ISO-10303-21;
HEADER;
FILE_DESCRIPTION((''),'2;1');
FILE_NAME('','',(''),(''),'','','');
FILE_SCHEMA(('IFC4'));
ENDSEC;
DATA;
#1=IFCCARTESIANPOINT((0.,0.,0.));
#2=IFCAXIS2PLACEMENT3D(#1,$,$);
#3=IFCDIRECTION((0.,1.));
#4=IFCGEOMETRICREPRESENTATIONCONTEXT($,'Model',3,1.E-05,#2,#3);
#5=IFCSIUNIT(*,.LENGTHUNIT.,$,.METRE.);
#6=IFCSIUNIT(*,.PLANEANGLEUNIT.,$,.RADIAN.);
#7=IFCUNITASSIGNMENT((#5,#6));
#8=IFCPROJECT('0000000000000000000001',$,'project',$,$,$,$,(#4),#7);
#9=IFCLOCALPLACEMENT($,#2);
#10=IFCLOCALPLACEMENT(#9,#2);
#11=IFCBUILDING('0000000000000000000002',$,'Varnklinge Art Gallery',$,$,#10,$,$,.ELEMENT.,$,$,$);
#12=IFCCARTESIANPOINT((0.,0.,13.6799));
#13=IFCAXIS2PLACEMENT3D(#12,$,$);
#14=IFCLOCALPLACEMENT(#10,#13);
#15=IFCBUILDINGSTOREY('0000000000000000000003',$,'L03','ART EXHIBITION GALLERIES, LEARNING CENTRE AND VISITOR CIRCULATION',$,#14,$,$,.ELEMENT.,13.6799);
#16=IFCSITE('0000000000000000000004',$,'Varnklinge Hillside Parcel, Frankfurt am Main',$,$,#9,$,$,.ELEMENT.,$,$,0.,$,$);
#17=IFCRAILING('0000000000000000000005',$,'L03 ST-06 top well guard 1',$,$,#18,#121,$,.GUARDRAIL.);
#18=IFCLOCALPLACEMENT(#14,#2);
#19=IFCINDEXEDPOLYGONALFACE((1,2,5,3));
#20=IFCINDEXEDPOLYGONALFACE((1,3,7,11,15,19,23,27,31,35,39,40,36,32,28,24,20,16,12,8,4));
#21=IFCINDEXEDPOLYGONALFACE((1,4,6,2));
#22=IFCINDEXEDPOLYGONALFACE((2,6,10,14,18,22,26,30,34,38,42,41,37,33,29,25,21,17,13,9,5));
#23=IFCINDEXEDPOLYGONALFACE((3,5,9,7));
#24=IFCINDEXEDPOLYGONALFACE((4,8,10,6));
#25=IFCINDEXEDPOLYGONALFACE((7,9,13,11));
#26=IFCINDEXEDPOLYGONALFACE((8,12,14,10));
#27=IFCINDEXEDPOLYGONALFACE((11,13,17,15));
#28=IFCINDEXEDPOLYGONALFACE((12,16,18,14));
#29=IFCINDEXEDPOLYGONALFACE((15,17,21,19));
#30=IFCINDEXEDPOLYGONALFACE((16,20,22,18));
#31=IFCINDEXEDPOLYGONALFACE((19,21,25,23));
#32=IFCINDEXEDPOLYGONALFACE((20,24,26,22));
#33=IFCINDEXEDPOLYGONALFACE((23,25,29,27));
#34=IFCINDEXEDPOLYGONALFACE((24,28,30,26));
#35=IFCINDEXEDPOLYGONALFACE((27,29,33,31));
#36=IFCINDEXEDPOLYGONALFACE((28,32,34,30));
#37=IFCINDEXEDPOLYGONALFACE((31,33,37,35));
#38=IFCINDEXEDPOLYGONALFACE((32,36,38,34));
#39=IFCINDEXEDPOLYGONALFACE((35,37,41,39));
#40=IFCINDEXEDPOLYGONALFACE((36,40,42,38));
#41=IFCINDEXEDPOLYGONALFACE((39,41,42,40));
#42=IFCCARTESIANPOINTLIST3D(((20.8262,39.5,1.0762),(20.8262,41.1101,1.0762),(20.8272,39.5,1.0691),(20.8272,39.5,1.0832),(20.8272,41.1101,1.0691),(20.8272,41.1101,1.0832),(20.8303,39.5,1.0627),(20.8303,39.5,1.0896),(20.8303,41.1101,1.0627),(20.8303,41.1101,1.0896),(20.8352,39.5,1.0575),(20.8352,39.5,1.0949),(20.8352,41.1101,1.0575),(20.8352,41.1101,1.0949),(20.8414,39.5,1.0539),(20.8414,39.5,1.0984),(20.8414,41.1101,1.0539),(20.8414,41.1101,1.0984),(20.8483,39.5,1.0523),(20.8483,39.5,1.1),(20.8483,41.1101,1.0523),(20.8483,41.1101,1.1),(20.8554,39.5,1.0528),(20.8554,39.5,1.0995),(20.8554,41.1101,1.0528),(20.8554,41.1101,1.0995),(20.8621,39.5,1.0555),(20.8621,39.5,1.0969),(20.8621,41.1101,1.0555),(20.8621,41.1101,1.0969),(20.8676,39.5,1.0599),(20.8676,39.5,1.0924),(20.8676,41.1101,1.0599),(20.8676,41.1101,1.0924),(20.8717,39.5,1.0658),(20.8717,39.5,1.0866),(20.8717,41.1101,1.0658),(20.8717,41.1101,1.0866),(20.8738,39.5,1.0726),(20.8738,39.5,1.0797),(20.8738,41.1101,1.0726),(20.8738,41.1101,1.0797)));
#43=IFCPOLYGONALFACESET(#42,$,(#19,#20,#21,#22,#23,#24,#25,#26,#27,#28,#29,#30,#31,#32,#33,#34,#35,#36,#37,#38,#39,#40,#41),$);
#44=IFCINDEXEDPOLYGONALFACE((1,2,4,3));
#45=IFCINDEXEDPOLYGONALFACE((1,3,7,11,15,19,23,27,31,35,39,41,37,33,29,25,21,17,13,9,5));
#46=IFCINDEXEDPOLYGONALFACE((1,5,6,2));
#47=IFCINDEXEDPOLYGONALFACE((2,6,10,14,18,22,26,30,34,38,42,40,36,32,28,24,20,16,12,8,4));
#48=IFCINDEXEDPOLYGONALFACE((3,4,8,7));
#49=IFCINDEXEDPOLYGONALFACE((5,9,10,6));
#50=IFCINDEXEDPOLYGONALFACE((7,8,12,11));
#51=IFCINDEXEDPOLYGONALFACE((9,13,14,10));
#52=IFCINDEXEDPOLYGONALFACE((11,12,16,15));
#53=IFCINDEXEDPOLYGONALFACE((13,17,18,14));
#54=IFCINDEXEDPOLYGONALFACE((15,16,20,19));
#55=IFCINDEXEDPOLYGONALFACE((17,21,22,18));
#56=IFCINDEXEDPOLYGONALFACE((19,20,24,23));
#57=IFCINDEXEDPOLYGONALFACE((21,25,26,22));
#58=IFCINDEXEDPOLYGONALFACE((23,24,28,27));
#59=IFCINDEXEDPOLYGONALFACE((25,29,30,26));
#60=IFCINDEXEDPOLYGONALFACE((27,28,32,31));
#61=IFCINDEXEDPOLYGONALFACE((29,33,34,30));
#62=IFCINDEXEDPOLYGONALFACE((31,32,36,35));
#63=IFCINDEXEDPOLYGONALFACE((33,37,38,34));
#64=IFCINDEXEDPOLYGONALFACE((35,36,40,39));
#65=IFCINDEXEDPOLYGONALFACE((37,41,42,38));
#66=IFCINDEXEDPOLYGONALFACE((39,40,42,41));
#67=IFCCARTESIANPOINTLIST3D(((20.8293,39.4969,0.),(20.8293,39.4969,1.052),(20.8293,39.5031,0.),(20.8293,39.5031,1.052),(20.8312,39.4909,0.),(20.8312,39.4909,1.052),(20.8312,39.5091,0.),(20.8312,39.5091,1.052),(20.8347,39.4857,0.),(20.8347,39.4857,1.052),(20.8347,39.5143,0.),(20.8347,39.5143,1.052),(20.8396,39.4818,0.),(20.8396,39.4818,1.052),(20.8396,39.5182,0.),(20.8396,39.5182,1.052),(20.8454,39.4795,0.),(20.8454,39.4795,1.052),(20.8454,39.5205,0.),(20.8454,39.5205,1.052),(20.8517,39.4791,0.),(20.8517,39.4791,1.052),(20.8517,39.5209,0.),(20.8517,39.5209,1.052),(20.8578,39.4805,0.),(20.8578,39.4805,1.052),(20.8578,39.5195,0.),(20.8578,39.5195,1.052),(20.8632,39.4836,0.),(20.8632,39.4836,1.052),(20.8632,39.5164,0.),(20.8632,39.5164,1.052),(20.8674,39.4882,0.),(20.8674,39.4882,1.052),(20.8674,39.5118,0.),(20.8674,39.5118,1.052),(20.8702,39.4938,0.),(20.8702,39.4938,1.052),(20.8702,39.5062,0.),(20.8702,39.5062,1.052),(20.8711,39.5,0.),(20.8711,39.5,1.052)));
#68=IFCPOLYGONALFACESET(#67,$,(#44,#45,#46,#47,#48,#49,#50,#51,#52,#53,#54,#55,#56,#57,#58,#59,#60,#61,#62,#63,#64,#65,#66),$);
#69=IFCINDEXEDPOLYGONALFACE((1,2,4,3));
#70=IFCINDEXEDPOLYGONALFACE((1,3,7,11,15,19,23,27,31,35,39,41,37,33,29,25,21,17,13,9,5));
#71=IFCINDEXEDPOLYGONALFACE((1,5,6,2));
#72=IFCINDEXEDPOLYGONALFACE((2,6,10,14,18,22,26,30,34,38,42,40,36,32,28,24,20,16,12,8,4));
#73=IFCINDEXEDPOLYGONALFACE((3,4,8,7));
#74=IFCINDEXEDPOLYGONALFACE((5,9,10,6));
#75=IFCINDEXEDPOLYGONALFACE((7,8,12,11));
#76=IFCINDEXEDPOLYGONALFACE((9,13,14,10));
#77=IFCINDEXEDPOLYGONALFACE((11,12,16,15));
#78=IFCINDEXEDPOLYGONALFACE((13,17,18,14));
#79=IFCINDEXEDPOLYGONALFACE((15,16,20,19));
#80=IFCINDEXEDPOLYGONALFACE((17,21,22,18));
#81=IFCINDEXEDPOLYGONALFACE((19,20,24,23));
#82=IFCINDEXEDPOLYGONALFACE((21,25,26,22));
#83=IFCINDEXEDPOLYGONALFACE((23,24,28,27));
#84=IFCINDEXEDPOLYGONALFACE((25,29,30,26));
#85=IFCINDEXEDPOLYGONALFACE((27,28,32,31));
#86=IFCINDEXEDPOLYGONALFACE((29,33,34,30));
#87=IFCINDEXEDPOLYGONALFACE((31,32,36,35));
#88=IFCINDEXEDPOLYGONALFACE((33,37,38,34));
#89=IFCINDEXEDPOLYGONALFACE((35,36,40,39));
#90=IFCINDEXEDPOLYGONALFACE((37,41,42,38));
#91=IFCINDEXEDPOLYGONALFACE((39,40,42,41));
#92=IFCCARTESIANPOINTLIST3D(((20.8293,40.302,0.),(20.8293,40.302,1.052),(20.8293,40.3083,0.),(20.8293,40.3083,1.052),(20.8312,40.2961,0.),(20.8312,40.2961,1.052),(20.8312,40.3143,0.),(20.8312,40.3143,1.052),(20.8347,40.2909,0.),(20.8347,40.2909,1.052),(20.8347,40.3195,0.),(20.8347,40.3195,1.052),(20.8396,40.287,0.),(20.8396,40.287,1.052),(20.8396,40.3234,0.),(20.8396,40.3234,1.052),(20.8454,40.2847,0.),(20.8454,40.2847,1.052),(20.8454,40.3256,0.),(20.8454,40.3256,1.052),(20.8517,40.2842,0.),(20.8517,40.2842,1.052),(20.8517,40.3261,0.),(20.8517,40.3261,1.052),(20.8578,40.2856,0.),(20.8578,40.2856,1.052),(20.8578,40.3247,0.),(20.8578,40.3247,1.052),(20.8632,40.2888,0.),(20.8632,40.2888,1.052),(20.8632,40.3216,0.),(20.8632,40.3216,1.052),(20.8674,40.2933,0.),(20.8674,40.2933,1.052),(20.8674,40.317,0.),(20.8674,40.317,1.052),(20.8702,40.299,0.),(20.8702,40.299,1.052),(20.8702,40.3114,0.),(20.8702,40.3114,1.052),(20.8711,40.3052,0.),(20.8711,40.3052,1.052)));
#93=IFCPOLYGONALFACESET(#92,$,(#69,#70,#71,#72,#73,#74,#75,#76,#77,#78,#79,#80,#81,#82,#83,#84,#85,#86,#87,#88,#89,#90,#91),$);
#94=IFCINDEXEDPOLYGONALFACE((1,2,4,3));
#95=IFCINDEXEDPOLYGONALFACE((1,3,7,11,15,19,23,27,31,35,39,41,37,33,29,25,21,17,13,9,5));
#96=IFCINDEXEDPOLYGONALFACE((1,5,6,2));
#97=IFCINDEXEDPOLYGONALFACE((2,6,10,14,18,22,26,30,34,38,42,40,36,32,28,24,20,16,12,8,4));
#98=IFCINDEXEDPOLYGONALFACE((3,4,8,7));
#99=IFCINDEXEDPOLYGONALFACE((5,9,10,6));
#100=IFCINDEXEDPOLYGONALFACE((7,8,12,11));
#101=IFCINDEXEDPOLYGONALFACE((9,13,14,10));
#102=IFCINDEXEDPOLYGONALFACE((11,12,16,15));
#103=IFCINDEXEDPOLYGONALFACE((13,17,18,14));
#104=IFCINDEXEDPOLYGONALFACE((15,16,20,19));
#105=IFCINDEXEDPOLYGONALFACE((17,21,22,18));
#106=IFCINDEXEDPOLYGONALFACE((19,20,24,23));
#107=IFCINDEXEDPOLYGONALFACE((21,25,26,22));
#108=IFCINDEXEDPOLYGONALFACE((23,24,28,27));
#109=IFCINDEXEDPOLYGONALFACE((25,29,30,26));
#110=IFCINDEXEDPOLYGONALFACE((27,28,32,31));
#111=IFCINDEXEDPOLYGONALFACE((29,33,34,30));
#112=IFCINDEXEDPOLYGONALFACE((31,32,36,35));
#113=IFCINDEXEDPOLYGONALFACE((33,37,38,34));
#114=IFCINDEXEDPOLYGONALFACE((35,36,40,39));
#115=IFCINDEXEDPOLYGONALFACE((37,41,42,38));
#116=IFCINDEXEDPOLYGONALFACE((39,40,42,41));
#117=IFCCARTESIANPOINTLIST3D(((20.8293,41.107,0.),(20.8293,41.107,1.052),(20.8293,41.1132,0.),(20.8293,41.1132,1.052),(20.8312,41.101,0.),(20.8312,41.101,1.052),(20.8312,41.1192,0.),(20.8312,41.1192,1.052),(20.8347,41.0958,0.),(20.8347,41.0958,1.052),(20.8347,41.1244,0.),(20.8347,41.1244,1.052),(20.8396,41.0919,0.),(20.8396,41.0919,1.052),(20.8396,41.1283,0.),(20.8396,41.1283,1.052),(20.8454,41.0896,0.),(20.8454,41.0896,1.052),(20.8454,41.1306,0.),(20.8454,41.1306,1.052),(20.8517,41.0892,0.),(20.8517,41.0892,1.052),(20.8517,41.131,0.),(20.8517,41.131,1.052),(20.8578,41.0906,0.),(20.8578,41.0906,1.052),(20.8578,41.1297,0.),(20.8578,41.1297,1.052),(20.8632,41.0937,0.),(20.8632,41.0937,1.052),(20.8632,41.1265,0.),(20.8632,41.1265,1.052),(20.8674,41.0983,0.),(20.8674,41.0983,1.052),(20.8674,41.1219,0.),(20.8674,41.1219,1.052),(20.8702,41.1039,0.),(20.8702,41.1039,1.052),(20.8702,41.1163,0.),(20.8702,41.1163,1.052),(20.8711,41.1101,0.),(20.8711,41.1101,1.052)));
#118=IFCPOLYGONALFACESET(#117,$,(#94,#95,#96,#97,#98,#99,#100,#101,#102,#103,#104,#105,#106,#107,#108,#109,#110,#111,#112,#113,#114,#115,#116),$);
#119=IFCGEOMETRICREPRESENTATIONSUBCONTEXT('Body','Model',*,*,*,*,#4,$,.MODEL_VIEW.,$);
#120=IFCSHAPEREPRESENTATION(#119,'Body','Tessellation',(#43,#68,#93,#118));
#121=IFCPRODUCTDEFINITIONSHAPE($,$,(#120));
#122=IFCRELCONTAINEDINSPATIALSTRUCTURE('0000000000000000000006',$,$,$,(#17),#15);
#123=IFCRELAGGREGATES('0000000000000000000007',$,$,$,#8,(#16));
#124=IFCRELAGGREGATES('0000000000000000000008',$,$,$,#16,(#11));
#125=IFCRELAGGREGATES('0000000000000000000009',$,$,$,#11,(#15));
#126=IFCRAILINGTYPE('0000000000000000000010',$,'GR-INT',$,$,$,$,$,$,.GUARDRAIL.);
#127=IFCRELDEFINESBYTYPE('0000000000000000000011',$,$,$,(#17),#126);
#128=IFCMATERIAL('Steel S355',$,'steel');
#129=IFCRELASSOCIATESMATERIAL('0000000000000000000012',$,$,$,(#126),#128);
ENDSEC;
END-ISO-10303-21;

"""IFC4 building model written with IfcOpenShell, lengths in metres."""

from ifc_helpers import new_model, si_unit, direction, frame, origin, origin_2d, place, context, subcontext, project, spatial, circle, extrude, material, type_object, element, save


model = new_model("IFC4")

# Units and contexts
model_context = context("Model", 3, precision=1e-05, world=origin(), true_north=direction((0.0, 1.0)))
body_context = subcontext(model_context, "Body", "Model", "MODEL_VIEW")
ifc_project = project(units=[si_unit("LENGTHUNIT", "METRE"), si_unit("PLANEANGLEUNIT", "RADIAN")], contexts=[model_context])

# Site, building, storey
site_placement = place(None, origin())
site = spatial("IfcSite", under=ifc_project, at=site_placement, Name="Varnklinge Hillside Parcel, Frankfurt am Main", CompositionType="ELEMENT", RefElevation=0.0)
building_placement = place(site_placement, origin())
building = spatial("IfcBuilding", under=site, at=building_placement, Name="Varnklinge Art Gallery", CompositionType="ELEMENT")
storey_placement = place(building_placement, frame((0.0, 0.0, 13.6799)))
storey = spatial("IfcBuildingStorey", under=building, at=storey_placement, Name="L03", Description="ART EXHIBITION GALLERIES, LEARNING CENTRE AND VISITOR CIRCULATION", CompositionType="ELEMENT", Elevation=13.6799)

# Railing
ifc_material_1 = material(Name="Steel S355", Category="steel")
railing_type = type_object("IfcRailingType", Name="GR-INT", PredefinedType="GUARDRAIL", material=ifc_material_1)
railing_placement = place(storey_placement, frame((20.8501, 39.5, 0.0)))
element("IfcRailing", 1, at=railing_placement, inside=storey, type_object=railing_type, Name="L03 ST-06 top well guard 1", PredefinedType="GUARDRAIL", context=body_context, shape_type="SweptSolid", body=[
    extrude(circle(Radius=0.0239, at=origin_2d()), frame((0.0, 0.0, 1.0762), z_axis=(0.0, 1.0, 0.0), x_axis=(-1.0, 0.0, 0.0)), (0.0, 0.0, 1.0), 1.6101),
    extrude(circle(Radius=0.021, at=origin_2d()), origin(), (0.0, 0.0, 1.0), 1.052),
    extrude(circle(Radius=0.021, at=origin_2d()), frame((0.0, 0.8052, 0.0)), (0.0, 0.0, 1.0), 1.052),
    extrude(circle(Radius=0.021, at=origin_2d()), frame((0.0, 1.6101, 0.0)), (0.0, 0.0, 1.0), 1.052),
])

save(model, "model.ifc")
